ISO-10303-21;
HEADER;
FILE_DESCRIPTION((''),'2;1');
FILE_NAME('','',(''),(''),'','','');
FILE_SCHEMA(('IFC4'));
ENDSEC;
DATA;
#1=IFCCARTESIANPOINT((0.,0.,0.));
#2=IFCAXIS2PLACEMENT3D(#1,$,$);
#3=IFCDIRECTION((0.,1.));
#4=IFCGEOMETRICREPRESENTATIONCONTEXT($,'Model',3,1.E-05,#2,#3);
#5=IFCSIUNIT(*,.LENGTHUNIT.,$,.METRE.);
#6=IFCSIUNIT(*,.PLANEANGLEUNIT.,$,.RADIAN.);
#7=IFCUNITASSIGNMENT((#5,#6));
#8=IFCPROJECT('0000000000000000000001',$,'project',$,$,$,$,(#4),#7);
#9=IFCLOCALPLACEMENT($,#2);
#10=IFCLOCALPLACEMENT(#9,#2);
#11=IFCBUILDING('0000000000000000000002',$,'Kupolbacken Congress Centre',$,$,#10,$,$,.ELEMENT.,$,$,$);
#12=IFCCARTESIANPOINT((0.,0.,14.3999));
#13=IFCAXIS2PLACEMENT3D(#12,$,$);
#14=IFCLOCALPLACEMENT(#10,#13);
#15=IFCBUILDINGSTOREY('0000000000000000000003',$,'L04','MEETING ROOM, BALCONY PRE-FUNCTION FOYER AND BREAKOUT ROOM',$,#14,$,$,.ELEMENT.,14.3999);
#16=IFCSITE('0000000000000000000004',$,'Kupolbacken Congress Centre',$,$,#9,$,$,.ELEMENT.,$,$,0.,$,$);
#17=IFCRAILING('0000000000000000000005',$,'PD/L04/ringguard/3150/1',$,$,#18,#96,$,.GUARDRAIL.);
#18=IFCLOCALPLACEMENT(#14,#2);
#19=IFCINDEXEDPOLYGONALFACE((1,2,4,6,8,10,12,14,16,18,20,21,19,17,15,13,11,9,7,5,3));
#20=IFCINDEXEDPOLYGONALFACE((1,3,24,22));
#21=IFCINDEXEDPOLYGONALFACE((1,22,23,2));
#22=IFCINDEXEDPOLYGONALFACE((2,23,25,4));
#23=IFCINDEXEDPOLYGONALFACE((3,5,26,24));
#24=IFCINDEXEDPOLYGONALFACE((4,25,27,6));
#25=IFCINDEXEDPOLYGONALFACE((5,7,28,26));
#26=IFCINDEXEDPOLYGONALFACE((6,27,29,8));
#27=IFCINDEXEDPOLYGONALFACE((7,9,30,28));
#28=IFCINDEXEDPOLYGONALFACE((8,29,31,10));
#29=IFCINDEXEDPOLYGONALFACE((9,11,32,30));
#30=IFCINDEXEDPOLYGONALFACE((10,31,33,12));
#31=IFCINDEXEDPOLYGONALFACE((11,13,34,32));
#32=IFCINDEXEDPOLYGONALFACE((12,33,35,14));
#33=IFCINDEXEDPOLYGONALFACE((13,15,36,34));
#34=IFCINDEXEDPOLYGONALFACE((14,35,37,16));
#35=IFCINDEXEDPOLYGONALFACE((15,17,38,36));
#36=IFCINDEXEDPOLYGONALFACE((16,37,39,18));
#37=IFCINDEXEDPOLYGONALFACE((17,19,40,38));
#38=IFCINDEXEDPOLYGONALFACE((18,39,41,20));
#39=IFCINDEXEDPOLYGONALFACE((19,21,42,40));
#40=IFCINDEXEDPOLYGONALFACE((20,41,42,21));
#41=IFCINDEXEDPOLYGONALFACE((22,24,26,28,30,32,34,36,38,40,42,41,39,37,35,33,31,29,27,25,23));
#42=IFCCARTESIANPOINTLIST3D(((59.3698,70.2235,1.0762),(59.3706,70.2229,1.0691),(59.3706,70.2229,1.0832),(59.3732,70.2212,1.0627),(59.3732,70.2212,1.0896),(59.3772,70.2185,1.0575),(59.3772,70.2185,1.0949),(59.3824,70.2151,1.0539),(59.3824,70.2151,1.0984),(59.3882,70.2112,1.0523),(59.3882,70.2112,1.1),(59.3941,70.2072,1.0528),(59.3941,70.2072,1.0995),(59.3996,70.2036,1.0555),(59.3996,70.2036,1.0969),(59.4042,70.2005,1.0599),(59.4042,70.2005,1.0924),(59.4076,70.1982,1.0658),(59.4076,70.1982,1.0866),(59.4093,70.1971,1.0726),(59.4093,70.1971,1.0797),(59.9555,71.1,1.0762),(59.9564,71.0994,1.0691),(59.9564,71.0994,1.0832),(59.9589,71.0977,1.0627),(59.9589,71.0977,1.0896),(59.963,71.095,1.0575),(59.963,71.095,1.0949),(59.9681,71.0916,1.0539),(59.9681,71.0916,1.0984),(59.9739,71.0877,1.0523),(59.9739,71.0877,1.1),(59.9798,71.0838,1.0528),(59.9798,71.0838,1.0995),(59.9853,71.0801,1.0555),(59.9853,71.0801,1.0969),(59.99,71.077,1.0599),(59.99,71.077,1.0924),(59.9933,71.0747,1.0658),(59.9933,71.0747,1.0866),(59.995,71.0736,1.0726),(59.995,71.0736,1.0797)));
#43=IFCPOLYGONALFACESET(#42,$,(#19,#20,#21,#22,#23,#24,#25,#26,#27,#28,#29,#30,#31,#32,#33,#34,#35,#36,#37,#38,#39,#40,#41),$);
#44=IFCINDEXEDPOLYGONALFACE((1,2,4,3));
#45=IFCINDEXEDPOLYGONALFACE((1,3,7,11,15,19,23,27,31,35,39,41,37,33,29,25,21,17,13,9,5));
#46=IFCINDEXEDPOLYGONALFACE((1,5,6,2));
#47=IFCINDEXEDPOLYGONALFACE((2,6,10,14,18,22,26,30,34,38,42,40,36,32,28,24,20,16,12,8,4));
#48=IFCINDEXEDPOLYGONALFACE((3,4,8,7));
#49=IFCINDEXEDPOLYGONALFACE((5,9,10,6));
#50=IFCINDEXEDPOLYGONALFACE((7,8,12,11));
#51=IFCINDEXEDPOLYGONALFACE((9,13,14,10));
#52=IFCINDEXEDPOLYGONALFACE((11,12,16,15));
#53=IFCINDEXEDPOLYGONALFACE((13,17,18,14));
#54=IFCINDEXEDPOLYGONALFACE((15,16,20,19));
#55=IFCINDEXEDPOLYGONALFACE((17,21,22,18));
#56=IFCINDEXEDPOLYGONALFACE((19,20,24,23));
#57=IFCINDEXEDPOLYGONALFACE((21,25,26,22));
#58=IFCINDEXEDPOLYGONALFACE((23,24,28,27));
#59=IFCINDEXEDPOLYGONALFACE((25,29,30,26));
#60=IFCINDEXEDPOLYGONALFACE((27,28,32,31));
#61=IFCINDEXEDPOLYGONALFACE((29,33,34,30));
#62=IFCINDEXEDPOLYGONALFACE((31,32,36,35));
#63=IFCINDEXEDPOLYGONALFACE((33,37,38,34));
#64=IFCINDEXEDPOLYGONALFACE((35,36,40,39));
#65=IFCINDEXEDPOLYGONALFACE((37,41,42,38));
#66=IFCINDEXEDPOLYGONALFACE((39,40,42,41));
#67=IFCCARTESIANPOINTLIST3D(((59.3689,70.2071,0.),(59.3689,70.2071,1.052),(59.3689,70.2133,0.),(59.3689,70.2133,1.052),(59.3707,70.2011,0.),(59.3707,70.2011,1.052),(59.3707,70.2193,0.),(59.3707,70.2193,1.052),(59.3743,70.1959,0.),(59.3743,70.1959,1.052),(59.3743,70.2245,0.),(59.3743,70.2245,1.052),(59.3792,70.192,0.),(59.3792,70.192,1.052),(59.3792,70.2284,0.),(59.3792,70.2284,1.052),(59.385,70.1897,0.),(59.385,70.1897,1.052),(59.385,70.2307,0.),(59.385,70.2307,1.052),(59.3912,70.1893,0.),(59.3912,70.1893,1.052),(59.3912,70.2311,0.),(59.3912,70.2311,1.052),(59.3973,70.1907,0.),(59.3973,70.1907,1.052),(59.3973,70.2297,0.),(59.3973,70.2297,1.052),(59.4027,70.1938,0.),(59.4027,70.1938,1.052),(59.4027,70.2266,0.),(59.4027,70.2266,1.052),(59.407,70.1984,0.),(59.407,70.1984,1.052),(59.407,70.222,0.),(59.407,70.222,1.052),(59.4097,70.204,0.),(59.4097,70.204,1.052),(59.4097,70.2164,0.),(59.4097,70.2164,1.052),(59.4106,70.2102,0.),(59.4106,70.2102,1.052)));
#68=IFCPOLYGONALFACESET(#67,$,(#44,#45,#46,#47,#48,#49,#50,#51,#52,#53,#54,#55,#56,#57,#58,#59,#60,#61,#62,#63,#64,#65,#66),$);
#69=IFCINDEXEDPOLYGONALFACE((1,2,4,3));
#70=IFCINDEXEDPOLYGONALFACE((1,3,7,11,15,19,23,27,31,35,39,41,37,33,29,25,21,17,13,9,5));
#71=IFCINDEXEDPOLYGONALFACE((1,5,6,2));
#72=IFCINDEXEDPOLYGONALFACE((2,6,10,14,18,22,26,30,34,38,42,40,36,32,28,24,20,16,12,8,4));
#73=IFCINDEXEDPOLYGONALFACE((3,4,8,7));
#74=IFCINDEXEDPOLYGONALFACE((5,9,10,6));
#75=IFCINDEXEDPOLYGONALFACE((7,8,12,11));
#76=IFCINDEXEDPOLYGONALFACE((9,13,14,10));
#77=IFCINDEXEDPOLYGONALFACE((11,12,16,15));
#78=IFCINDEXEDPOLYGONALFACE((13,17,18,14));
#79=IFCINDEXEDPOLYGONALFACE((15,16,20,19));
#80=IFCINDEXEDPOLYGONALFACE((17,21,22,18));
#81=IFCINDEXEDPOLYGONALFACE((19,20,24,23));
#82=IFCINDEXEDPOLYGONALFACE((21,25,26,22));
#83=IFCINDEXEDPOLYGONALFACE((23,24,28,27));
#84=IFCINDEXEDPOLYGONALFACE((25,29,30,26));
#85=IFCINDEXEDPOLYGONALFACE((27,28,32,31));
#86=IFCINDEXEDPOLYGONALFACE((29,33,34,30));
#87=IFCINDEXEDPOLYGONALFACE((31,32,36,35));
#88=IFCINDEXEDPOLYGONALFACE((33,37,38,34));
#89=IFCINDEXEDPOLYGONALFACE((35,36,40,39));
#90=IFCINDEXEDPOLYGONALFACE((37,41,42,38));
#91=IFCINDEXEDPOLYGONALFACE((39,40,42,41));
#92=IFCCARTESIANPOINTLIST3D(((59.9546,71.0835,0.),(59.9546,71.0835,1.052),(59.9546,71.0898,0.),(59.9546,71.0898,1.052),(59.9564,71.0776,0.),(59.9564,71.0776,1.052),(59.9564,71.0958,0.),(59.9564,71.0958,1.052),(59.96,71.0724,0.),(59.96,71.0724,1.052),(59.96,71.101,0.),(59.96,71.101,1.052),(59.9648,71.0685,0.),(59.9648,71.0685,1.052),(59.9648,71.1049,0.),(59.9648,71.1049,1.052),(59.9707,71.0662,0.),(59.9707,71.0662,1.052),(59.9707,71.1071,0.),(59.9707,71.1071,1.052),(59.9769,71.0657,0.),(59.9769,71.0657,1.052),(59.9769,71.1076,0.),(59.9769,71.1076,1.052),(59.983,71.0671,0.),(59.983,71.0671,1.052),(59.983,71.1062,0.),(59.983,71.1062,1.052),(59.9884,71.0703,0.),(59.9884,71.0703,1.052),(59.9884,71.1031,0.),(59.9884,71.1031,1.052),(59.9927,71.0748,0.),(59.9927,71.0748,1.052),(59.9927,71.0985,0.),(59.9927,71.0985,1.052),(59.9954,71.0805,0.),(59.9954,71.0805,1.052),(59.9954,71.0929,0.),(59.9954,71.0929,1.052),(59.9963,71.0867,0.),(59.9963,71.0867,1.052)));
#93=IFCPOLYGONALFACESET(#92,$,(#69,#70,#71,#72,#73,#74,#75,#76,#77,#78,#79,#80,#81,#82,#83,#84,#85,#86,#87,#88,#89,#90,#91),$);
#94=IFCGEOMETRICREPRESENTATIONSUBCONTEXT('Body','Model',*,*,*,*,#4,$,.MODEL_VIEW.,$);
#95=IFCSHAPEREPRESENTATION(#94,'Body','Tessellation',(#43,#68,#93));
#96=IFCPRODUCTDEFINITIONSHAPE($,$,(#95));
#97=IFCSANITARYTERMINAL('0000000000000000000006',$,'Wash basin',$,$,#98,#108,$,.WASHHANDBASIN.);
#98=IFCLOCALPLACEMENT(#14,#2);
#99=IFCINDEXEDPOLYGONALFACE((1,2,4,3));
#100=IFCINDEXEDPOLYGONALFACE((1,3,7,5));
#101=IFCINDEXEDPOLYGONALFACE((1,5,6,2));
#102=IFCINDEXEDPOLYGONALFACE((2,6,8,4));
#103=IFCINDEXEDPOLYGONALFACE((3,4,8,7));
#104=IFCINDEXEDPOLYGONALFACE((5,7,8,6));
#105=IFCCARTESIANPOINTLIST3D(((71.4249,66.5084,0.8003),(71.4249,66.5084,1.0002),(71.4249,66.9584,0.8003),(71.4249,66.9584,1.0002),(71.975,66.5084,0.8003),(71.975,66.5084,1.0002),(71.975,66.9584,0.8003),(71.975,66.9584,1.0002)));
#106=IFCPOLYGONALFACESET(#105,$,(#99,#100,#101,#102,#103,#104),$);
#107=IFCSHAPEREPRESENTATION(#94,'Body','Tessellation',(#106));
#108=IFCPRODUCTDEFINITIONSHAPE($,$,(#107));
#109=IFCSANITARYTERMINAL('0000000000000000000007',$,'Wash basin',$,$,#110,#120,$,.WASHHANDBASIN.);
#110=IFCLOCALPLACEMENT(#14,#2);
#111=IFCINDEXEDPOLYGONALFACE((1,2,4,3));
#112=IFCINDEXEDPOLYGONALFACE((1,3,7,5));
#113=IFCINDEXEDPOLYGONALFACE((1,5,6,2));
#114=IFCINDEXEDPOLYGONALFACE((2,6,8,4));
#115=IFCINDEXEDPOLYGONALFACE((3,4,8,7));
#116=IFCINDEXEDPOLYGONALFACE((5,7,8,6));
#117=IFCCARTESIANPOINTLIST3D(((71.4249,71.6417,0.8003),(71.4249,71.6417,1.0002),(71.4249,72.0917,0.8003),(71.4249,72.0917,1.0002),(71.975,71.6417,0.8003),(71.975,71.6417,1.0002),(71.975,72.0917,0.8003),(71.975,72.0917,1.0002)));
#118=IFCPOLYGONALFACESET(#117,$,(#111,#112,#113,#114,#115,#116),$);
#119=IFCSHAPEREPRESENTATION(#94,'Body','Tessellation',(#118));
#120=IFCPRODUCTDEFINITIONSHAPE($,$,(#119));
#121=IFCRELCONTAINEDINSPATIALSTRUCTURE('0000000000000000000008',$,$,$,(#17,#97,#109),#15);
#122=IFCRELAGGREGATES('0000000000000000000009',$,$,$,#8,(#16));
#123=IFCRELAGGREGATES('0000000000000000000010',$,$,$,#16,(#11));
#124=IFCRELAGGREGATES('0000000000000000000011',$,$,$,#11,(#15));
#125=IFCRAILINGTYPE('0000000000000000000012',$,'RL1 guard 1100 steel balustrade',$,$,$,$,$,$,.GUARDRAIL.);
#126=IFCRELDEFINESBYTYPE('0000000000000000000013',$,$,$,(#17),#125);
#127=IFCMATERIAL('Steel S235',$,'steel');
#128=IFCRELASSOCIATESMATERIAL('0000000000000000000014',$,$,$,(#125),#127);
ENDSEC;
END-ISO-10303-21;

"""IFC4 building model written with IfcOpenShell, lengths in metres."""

from ifc_helpers import new_model, si_unit, direction, frame, origin, origin_2d, place, context, subcontext, project, spatial, rectangle, circle, extrude, material, type_object, element, save


model = new_model("IFC4")

# Units and contexts
model_context = context("Model", 3, precision=1e-05, world=origin(), true_north=direction((0.0, 1.0)))
body_context = subcontext(model_context, "Body", "Model", "MODEL_VIEW")
ifc_project = project(units=[si_unit("LENGTHUNIT", "METRE"), si_unit("PLANEANGLEUNIT", "RADIAN")], contexts=[model_context])

# Site, building, storey
site_placement = place(None, origin())
site = spatial("IfcSite", under=ifc_project, at=site_placement, Name="Kupolbacken Congress Centre", CompositionType="ELEMENT", RefElevation=0.0)
building_placement = place(site_placement, origin())
building = spatial("IfcBuilding", under=site, at=building_placement, Name="Kupolbacken Congress Centre", CompositionType="ELEMENT")
storey_placement = place(building_placement, frame((0.0, 0.0, 14.3999)))
storey = spatial("IfcBuildingStorey", under=building, at=storey_placement, Name="L04", Description="MEETING ROOM, BALCONY PRE-FUNCTION FOYER AND BREAKOUT ROOM", CompositionType="ELEMENT", Elevation=14.3999)

# Railing
ifc_material_1 = material(Name="Steel S235", Category="steel")
railing_type = type_object("IfcRailingType", Name="RL1 guard 1100 steel balustrade", PredefinedType="GUARDRAIL", material=ifc_material_1)
railing_1_placement = place(storey_placement, frame((59.3896, 70.2102, 0.0)))
element("IfcRailing", 1, at=railing_1_placement, inside=storey, type_object=railing_type, Name="PD/L04/ringguard/3150/1", PredefinedType="GUARDRAIL", context=body_context, shape_type="SweptSolid", body=[
    extrude(circle(Radius=0.0239, at=origin_2d()), frame((0.0, 0.0, 1.0762), z_axis=(0.555608, 0.831444, 0.0), x_axis=(-0.831444, 0.555608, 0.0)), (0.0, 0.0, 1.0), 1.0542),
    extrude(circle(Radius=0.021, at=origin_2d()), origin(), (0.0, 0.0, 1.0), 1.052),
    extrude(circle(Radius=0.021, at=origin_2d()), frame((0.5857, 0.8765, 0.0)), (0.0, 0.0, 1.0), 1.052),
])

# Sanitary terminals
for number, where, z_axis, x_axis, name in (
    (2, (71.7, 66.7334, 0.8003), (0.0, 0.0, 1.0), (1.0, 0.0, 0.0), "Wash basin"),
    (3, (71.7, 71.8667, 0.8003), (0.0, 0.0, 1.0), (1.0, 0.0, 0.0), "Wash basin"),
):
    element("IfcSanitaryTerminal", number, at=place(storey_placement, frame(where, z_axis=z_axis, x_axis=x_axis)), inside=storey, Name=name, PredefinedType="WASHHANDBASIN", context=body_context, shape_type="SweptSolid", body=[
        extrude(rectangle(XDim=0.55, YDim=0.45, at=origin_2d()), origin(), (0.0, 0.0, 1.0), 0.2),
    ])

save(model, "model.ifc")
